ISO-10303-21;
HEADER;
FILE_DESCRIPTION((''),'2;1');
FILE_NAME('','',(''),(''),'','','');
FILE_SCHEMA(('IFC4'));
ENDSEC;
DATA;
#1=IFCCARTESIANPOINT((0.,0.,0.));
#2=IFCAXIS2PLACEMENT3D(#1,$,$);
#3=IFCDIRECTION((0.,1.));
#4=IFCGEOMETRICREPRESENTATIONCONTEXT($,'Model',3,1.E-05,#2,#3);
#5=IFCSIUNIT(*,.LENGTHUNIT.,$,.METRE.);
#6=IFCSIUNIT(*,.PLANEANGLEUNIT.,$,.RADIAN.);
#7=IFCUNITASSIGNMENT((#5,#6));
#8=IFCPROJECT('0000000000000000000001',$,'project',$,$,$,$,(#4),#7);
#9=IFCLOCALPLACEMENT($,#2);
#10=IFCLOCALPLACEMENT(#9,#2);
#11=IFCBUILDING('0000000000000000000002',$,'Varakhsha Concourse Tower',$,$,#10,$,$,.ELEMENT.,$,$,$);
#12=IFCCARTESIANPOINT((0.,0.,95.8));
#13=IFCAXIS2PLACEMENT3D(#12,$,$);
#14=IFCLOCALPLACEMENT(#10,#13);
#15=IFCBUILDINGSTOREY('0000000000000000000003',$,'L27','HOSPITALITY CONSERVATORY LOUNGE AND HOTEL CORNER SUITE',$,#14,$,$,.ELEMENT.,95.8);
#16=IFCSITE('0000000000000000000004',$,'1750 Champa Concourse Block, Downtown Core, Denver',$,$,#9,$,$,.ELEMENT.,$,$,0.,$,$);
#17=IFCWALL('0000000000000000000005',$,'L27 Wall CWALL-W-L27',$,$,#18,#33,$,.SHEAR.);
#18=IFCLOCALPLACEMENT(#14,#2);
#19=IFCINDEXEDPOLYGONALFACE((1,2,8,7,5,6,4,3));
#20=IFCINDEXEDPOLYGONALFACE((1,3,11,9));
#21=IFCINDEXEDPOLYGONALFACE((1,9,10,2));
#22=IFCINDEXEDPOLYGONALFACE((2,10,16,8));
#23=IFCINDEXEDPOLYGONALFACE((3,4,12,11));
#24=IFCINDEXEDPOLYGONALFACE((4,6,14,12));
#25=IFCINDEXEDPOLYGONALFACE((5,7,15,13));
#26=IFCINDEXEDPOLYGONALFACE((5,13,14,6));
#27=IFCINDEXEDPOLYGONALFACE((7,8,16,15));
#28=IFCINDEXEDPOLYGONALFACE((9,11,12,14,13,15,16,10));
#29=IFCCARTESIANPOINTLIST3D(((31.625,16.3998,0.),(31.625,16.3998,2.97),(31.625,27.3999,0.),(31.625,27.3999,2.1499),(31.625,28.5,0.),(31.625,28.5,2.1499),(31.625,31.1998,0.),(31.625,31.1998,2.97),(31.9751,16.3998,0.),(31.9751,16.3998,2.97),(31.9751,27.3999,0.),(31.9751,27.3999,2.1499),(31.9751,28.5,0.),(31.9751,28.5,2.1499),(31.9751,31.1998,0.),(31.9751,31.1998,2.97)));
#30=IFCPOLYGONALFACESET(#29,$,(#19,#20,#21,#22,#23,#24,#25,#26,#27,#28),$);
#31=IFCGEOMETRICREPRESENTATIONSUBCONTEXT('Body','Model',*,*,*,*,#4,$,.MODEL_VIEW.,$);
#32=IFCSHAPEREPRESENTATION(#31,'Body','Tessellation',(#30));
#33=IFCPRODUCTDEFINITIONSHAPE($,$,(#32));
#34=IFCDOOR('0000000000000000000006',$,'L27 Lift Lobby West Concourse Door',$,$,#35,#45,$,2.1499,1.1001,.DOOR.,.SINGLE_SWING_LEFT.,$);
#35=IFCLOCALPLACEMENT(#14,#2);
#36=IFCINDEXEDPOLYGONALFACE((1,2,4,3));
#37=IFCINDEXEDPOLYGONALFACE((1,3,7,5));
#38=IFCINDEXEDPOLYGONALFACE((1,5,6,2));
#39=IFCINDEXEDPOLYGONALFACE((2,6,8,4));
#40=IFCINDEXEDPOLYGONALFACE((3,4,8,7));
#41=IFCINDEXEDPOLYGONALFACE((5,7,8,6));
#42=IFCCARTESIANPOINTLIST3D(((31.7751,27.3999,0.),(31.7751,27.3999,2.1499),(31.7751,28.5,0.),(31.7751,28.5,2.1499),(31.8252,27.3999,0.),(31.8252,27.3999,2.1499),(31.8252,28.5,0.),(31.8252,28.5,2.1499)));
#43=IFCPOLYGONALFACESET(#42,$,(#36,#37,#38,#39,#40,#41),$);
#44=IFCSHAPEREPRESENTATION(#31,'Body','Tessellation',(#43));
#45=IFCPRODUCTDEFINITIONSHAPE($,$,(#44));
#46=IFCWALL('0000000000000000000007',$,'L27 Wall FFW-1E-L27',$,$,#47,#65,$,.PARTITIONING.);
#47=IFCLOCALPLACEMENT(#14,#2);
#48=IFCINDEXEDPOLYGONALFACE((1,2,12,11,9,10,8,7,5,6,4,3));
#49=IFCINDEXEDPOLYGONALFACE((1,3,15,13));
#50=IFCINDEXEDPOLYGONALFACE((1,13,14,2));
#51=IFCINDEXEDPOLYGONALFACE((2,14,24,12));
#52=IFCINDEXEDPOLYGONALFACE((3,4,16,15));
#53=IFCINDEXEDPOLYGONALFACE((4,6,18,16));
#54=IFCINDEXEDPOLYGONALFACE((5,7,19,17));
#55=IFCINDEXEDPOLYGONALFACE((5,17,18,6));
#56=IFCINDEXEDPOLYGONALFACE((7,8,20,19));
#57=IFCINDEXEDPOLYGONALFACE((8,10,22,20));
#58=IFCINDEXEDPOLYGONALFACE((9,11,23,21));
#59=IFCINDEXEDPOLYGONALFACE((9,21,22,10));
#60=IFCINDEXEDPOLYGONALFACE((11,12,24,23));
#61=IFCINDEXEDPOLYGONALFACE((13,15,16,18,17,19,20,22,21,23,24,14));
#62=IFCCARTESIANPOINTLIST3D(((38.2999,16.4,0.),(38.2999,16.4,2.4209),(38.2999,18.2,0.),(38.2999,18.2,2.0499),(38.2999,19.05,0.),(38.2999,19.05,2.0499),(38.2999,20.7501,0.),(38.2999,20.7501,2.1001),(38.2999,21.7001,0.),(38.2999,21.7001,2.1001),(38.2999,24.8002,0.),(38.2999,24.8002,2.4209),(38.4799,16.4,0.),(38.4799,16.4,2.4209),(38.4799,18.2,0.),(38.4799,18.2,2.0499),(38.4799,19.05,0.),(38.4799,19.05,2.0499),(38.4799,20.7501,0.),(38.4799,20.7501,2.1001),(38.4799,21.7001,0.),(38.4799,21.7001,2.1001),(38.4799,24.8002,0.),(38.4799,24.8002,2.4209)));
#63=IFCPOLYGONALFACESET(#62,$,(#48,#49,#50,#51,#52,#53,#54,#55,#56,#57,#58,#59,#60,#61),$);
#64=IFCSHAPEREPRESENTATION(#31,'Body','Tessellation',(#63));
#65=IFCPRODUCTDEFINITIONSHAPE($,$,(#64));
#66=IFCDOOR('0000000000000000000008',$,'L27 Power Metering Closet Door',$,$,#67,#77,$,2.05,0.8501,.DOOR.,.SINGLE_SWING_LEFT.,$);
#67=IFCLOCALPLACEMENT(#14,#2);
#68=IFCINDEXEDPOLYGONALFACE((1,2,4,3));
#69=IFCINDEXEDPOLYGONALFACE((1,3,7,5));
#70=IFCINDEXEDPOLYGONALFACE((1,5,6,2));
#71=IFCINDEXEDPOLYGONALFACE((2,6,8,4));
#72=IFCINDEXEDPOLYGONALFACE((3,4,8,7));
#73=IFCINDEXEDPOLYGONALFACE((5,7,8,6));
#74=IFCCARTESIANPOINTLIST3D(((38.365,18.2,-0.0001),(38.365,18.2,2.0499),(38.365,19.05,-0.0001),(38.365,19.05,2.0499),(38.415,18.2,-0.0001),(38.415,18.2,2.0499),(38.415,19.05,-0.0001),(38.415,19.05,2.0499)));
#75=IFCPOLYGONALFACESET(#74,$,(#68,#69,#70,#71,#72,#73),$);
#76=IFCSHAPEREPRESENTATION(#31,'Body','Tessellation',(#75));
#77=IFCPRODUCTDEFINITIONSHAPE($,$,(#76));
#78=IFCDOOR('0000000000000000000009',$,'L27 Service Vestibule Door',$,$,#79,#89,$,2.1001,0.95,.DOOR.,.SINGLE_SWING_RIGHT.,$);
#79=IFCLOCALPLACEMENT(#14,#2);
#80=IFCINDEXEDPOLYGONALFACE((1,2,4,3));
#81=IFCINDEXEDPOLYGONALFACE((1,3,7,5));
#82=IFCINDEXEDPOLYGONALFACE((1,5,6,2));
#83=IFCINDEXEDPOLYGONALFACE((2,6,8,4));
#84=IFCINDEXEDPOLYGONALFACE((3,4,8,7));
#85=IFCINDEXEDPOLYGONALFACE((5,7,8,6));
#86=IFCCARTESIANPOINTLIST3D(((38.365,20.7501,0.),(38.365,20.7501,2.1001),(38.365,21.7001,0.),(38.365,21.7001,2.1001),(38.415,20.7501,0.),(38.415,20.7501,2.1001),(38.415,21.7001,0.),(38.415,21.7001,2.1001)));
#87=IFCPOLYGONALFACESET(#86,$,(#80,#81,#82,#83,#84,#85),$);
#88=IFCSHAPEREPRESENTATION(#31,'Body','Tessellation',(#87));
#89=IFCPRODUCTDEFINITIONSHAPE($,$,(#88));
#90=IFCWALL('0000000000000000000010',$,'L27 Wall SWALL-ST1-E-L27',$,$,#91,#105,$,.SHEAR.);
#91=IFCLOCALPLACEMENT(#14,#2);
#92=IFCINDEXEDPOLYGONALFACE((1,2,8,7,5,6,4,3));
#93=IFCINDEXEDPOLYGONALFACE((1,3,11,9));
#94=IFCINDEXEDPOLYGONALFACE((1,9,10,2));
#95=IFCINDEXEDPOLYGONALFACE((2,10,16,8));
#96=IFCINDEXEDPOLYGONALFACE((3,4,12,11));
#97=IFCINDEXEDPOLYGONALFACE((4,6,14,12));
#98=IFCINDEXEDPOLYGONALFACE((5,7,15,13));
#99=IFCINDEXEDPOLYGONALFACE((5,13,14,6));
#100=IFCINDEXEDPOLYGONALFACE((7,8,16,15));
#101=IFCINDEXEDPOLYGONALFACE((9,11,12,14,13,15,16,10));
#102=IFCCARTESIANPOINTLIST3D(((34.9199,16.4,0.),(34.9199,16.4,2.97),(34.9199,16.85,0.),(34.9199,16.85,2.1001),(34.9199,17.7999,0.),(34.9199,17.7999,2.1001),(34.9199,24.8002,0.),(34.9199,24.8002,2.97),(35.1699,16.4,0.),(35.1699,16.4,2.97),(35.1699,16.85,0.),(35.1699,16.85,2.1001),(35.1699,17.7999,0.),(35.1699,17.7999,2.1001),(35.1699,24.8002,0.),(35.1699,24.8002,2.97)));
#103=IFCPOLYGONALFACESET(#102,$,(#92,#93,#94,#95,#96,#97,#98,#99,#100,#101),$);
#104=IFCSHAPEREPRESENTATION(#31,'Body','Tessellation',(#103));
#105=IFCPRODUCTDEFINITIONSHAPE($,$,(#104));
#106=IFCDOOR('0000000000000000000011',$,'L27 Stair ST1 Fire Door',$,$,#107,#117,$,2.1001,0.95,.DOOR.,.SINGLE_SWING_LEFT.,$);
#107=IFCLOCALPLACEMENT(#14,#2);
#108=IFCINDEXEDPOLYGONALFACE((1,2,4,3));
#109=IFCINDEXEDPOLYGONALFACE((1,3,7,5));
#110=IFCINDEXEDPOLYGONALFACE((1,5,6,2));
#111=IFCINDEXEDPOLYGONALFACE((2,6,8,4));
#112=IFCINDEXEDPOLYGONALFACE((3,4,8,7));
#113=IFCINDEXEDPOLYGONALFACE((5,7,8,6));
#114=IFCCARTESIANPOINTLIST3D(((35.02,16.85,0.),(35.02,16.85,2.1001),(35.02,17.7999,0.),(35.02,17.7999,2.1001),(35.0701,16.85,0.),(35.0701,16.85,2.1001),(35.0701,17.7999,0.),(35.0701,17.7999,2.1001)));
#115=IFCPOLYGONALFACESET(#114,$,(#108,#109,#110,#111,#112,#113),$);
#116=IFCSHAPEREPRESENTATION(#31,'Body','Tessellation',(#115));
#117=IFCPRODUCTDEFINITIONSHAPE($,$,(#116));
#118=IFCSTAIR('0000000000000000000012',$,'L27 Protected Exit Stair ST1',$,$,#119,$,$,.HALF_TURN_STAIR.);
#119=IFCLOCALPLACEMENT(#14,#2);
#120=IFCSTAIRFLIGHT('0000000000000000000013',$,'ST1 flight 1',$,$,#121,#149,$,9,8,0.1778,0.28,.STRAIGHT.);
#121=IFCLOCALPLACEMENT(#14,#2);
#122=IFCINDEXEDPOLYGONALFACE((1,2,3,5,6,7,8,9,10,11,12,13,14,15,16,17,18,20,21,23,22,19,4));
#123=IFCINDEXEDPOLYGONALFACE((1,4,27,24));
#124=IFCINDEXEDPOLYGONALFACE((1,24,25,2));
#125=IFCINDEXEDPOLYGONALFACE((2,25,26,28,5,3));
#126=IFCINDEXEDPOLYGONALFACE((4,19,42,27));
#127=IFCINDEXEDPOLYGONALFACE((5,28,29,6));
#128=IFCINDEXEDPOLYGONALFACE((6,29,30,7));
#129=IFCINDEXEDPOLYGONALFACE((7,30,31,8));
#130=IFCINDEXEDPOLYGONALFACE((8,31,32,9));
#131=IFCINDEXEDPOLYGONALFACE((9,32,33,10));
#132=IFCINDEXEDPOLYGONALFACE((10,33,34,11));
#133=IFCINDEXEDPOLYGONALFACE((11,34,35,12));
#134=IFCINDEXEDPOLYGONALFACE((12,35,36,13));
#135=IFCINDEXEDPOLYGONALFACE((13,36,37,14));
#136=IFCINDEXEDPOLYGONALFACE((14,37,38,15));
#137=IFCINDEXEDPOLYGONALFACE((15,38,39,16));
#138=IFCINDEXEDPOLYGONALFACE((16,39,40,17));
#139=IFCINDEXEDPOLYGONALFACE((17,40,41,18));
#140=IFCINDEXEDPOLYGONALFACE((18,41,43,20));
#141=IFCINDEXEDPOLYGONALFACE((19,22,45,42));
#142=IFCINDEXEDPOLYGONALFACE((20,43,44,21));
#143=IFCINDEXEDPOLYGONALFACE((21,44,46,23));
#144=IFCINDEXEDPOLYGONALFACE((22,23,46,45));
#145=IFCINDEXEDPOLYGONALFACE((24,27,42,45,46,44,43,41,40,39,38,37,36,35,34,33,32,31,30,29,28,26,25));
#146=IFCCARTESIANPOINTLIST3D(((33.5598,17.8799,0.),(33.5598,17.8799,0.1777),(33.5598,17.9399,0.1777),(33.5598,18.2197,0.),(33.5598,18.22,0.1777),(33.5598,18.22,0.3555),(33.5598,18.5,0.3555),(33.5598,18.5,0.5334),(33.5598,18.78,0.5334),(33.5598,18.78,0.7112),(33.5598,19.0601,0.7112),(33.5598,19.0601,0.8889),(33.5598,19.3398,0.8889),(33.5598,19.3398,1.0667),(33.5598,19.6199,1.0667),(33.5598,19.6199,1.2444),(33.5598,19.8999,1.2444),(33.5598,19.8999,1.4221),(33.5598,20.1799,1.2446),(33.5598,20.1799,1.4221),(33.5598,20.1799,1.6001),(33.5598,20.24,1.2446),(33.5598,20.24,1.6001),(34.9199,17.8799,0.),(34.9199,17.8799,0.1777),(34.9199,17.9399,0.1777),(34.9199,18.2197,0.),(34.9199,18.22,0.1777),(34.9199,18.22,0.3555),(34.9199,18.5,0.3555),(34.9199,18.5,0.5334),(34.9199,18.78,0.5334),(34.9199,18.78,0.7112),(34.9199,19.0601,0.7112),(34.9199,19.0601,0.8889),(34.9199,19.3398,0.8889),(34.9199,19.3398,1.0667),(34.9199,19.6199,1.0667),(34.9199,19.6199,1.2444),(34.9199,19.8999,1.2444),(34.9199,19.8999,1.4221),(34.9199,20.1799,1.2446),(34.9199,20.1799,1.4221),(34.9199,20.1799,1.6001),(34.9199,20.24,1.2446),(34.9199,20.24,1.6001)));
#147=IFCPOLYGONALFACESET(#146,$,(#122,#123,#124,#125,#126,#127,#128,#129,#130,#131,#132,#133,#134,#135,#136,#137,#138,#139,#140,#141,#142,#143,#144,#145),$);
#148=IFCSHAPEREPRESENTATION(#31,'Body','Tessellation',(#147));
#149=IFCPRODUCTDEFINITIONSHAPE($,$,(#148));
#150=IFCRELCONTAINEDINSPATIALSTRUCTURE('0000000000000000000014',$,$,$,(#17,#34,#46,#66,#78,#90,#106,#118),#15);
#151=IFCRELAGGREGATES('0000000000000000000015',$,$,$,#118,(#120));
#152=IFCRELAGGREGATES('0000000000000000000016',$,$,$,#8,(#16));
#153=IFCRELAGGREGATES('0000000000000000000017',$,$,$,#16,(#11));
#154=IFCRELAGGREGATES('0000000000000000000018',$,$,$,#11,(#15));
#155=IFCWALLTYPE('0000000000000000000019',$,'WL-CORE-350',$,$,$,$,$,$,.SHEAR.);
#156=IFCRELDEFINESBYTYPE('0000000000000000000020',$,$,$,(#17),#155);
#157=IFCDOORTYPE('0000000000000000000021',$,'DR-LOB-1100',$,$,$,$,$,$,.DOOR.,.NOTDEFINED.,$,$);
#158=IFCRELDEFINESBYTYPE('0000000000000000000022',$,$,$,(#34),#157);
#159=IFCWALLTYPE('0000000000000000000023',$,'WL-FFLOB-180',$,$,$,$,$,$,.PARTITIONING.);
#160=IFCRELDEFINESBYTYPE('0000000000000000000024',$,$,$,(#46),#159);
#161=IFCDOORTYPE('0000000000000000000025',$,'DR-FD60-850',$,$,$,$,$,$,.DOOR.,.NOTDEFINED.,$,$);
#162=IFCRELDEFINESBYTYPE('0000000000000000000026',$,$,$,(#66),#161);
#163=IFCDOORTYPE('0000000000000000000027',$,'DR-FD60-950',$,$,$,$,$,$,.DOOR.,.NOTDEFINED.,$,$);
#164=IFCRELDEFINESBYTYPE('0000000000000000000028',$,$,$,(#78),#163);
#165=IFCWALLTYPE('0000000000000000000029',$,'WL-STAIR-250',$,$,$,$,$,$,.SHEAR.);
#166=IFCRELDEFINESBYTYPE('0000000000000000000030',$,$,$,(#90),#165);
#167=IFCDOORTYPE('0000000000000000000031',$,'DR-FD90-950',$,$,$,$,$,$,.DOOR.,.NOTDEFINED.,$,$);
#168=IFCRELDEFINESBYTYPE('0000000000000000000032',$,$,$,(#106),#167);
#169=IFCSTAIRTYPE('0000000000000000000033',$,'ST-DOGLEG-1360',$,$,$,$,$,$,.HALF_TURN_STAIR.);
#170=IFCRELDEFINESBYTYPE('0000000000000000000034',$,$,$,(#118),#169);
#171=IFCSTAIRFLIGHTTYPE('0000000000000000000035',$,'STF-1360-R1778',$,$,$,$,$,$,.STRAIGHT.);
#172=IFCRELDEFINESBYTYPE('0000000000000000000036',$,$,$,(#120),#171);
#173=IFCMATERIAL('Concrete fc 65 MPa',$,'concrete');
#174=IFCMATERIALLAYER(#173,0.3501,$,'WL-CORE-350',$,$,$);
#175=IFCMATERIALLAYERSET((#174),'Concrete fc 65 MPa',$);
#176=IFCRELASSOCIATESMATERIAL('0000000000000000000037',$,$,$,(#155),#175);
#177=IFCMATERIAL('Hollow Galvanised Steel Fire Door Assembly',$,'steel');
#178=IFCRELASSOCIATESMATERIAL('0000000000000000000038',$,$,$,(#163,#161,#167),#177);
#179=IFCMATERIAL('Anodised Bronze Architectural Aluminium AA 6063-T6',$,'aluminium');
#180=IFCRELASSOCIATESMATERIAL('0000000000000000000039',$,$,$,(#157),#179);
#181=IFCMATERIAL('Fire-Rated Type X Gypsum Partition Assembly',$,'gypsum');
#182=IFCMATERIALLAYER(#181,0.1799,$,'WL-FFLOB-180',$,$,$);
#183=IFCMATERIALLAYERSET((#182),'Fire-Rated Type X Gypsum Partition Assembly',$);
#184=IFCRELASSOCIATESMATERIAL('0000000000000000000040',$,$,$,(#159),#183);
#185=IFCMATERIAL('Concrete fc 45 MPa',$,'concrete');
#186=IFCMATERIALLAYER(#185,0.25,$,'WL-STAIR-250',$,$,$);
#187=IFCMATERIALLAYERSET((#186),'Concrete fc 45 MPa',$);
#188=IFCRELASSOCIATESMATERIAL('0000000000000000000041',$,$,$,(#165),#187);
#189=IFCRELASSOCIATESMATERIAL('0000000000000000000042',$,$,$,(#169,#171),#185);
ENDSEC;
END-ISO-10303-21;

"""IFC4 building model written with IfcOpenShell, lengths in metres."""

from ifc_helpers import new_model, si_unit, direction, frame, frame_2d, origin, place, context, subcontext, project, spatial, polyline, rectangle, outline, extrude, material, layer, layer_set, type_object, element, fill, aggregate, save


model = new_model("IFC4")

# Units and contexts
model_context = context("Model", 3, precision=1e-05, world=origin(), true_north=direction((0.0, 1.0)))
body_context = subcontext(model_context, "Body", "Model", "MODEL_VIEW")
ifc_project = project(units=[si_unit("LENGTHUNIT", "METRE"), si_unit("PLANEANGLEUNIT", "RADIAN")], contexts=[model_context])

# Site, building, storey
site_placement = place(None, origin())
site = spatial("IfcSite", under=ifc_project, at=site_placement, Name="1750 Champa Concourse Block, Downtown Core, Denver", CompositionType="ELEMENT", RefElevation=0.0)
building_placement = place(site_placement, origin())
building = spatial("IfcBuilding", under=site, at=building_placement, Name="Varakhsha Concourse Tower", CompositionType="ELEMENT")
storey_placement = place(building_placement, frame((0.0, 0.0, 95.8)))
storey = spatial("IfcBuildingStorey", under=building, at=storey_placement, Name="L27", Description="HOSPITALITY CONSERVATORY LOUNGE AND HOTEL CORNER SUITE", CompositionType="ELEMENT", Elevation=95.8)

# Shared definitions
ifc_material_1 = material(Name="Concrete fc 65 MPa", Category="concrete")
ifc_layer_1 = layer(ifc_material_1, 0.3501, Name="WL-CORE-350")
ifc_layer_set_1 = layer_set([ifc_layer_1], Name="Concrete fc 65 MPa")
wall_type_1 = type_object("IfcWallType", Name="WL-CORE-350", PredefinedType="SHEAR", material=ifc_layer_set_1)
ifc_material_2 = material(Name="Hollow Galvanised Steel Fire Door Assembly", Category="steel")
door_type_1 = type_object("IfcDoorType", Name="DR-FD60-950", OperationType="NOTDEFINED", PredefinedType="DOOR", material=ifc_material_2)

# Wall, opening, door
wall_1_placement = place(storey_placement, frame((31.8, 16.3999, 0.0), z_axis=(0.0, 0.0, 1.0), x_axis=(0.0, 1.0, 0.0)))
wall_1 = element("IfcWall", 1, at=wall_1_placement, inside=storey, type_object=wall_type_1, Name="L27 Wall CWALL-W-L27", PredefinedType="SHEAR", context=body_context, shape_type="SweptSolid", body=[
    extrude(rectangle(XDim=14.8, YDim=0.3501, at=frame_2d((7.3999, 0.0))), origin(), (0.0, 0.0, 1.0), 2.97),
])
opening_1_placement = place(wall_1_placement, frame((11.0, 0.0, 0.0)))
opening_1 = element("IfcOpeningElement", 2, at=opening_1_placement, cuts=wall_1, PredefinedType="OPENING", context=body_context, shape_type="SweptSolid", body=[
    extrude(rectangle(XDim=1.1001, YDim=2.1499, at=frame_2d((0.55, 1.075))), frame((0.0, 0.1851, 0.0), z_axis=(0.0, -1.0, 0.0), x_axis=(1.0, 0.0, 0.0)), (0.0, 0.0, 1.0), 0.3701),
])
ifc_material_3 = material(Name="Anodised Bronze Architectural Aluminium AA 6063-T6", Category="aluminium")
door_type_2 = type_object("IfcDoorType", Name="DR-LOB-1100", OperationType="NOTDEFINED", PredefinedType="DOOR", material=ifc_material_3)
door_1_placement = place(opening_1_placement, origin())
door_1 = element("IfcDoor", 3, at=door_1_placement, inside=storey, type_object=door_type_2, Name="L27 Lift Lobby West Concourse Door", OperationType="SINGLE_SWING_LEFT", OverallHeight=2.1499, OverallWidth=1.1001, PredefinedType="DOOR", context=body_context, shape_type="SweptSolid", body=[
    extrude(rectangle(XDim=1.1001, YDim=2.1499, at=frame_2d((0.55, 1.075))), frame((0.0, 0.0249, 0.0), z_axis=(0.0, -1.0, 0.0), x_axis=(1.0, 0.0, 0.0)), (0.0, 0.0, 1.0), 0.05),
])
fill(opening_1, door_1)

# Wall, openings, doors
ifc_material_4 = material(Name="Fire-Rated Type X Gypsum Partition Assembly", Category="gypsum")
ifc_layer_2 = layer(ifc_material_4, 0.1799, Name="WL-FFLOB-180")
ifc_layer_set_2 = layer_set([ifc_layer_2], Name="Fire-Rated Type X Gypsum Partition Assembly")
wall_type_2 = type_object("IfcWallType", Name="WL-FFLOB-180", PredefinedType="PARTITIONING", material=ifc_layer_set_2)
wall_2_placement = place(storey_placement, frame((38.3899, 16.3999, 0.0), z_axis=(0.0, 0.0, 1.0), x_axis=(0.0, 1.0, 0.0)))
wall_2 = element("IfcWall", 4, at=wall_2_placement, inside=storey, type_object=wall_type_2, Name="L27 Wall FFW-1E-L27", PredefinedType="PARTITIONING", context=body_context, shape_type="SweptSolid", body=[
    extrude(rectangle(XDim=8.4001, YDim=0.1799, at=frame_2d((4.2002, 0.0))), origin(), (0.0, 0.0, 1.0), 2.4209),
])
opening_2_placement = place(wall_2_placement, frame((1.8, 0.0, 0.0)))
opening_2 = element("IfcOpeningElement", 5, at=opening_2_placement, cuts=wall_2, PredefinedType="OPENING", context=body_context, shape_type="SweptSolid", body=[
    extrude(rectangle(XDim=0.8501, YDim=2.05, at=frame_2d((0.425, 1.0249))), frame((0.0, 0.0999, 0.0), z_axis=(0.0, -1.0, 0.0), x_axis=(1.0, 0.0, 0.0)), (0.0, 0.0, 1.0), 0.2),
])
opening_3_placement = place(wall_2_placement, frame((4.3501, 0.0, 0.0)))
opening_3 = element("IfcOpeningElement", 6, at=opening_3_placement, cuts=wall_2, PredefinedType="OPENING", context=body_context, shape_type="SweptSolid", body=[
    extrude(rectangle(XDim=0.95, YDim=2.1001, at=frame_2d((0.4751, 1.05))), frame((0.0, 0.0999, 0.0), z_axis=(0.0, -1.0, 0.0), x_axis=(1.0, 0.0, 0.0)), (0.0, 0.0, 1.0), 0.2),
])
door_type_3 = type_object("IfcDoorType", Name="DR-FD60-850", OperationType="NOTDEFINED", PredefinedType="DOOR", material=ifc_material_2)
door_2_placement = place(opening_2_placement, origin())
door_2 = element("IfcDoor", 7, at=door_2_placement, inside=storey, type_object=door_type_3, Name="L27 Power Metering Closet Door", OperationType="SINGLE_SWING_LEFT", OverallHeight=2.05, OverallWidth=0.8501, PredefinedType="DOOR", context=body_context, shape_type="SweptSolid", body=[
    extrude(rectangle(XDim=0.8501, YDim=2.05, at=frame_2d((0.425, 1.0249))), frame((0.0, 0.0249, 0.0), z_axis=(0.0, -1.0, 0.0), x_axis=(1.0, 0.0, 0.0)), (0.0, 0.0, 1.0), 0.05),
])
fill(opening_2, door_2)
door_3_placement = place(opening_3_placement, origin())
door_3 = element("IfcDoor", 8, at=door_3_placement, inside=storey, type_object=door_type_1, Name="L27 Service Vestibule Door", OperationType="SINGLE_SWING_RIGHT", OverallHeight=2.1001, OverallWidth=0.95, PredefinedType="DOOR", context=body_context, shape_type="SweptSolid", body=[
    extrude(rectangle(XDim=0.95, YDim=2.1001, at=frame_2d((0.4751, 1.05))), frame((0.0, 0.0249, 0.0), z_axis=(0.0, -1.0, 0.0), x_axis=(1.0, 0.0, 0.0)), (0.0, 0.0, 1.0), 0.05),
])
fill(opening_3, door_3)

# Wall, opening, door
ifc_material_5 = material(Name="Concrete fc 45 MPa", Category="concrete")
ifc_layer_3 = layer(ifc_material_5, 0.25, Name="WL-STAIR-250")
ifc_layer_set_3 = layer_set([ifc_layer_3], Name="Concrete fc 45 MPa")
wall_type_3 = type_object("IfcWallType", Name="WL-STAIR-250", PredefinedType="SHEAR", material=ifc_layer_set_3)
wall_3_placement = place(storey_placement, frame((35.0449, 16.3999, 0.0), z_axis=(0.0, 0.0, 1.0), x_axis=(0.0, 1.0, 0.0)))
wall_3 = element("IfcWall", 9, at=wall_3_placement, inside=storey, type_object=wall_type_3, Name="L27 Wall SWALL-ST1-E-L27", PredefinedType="SHEAR", context=body_context, shape_type="SweptSolid", body=[
    extrude(rectangle(XDim=8.4001, YDim=0.25, at=frame_2d((4.2002, 0.0))), origin(), (0.0, 0.0, 1.0), 2.97),
])
opening_4_placement = place(wall_3_placement, frame((0.45, 0.0, 0.0)))
opening_4 = element("IfcOpeningElement", 10, at=opening_4_placement, cuts=wall_3, PredefinedType="OPENING", context=body_context, shape_type="SweptSolid", body=[
    extrude(rectangle(XDim=0.95, YDim=2.1001, at=frame_2d((0.4751, 1.05))), frame((0.0, 0.135, 0.0), z_axis=(0.0, -1.0, 0.0), x_axis=(1.0, 0.0, 0.0)), (0.0, 0.0, 1.0), 0.27),
])
door_type_4 = type_object("IfcDoorType", Name="DR-FD90-950", OperationType="NOTDEFINED", PredefinedType="DOOR", material=ifc_material_2)
door_4_placement = place(opening_4_placement, origin())
door_4 = element("IfcDoor", 11, at=door_4_placement, inside=storey, type_object=door_type_4, Name="L27 Stair ST1 Fire Door", OperationType="SINGLE_SWING_LEFT", OverallHeight=2.1001, OverallWidth=0.95, PredefinedType="DOOR", context=body_context, shape_type="SweptSolid", body=[
    extrude(rectangle(XDim=0.95, YDim=2.1001, at=frame_2d((0.4751, 1.05))), frame((0.0, 0.0249, 0.0), z_axis=(0.0, -1.0, 0.0), x_axis=(1.0, 0.0, 0.0)), (0.0, 0.0, 1.0), 0.05),
])
fill(opening_4, door_4)

# Stair, stair flight
stair_type = type_object("IfcStairType", Name="ST-DOGLEG-1360", PredefinedType="HALF_TURN_STAIR", material=ifc_material_5)
stair_placement = place(storey_placement, origin())
stair = element("IfcStair", 12, at=stair_placement, inside=storey, type_object=stair_type, Name="L27 Protected Exit Stair ST1", PredefinedType="HALF_TURN_STAIR")
stair_flight_type = type_object("IfcStairFlightType", Name="STF-1360-R1778", PredefinedType="STRAIGHT", material=ifc_material_5)
stair_flight_1_placement = place(storey_placement, frame((34.24, 17.9399, 0.0), z_axis=(0.0, 0.0, 1.0), x_axis=(0.0, 1.0, 0.0)))
stair_flight_1 = element("IfcStairFlight", 13, at=stair_flight_1_placement, type_object=stair_flight_type, Name="ST1 flight 1", NumberOfRisers=9, NumberOfTreads=8, PredefinedType="STRAIGHT", RiserHeight=0.1778, TreadLength=0.28, context=body_context, shape_type="SweptSolid", body=[
    extrude(outline(polyline([(-0.0601, 0.0), (-0.0601, 0.1777), (0.0, 0.1777), (0.28, 0.1777), (0.28, 0.3555), (0.5601, 0.3555), (0.5601, 0.5334), (0.8401, 0.5334), (0.8401, 0.7112), (1.1201, 0.7112), (1.1201, 0.8889), (1.3999, 0.8889), (1.3999, 1.0667), (1.6799, 1.0667), (1.6799, 1.2444), (1.96, 1.2444), (1.96, 1.4221), (2.24, 1.4221), (2.24, 1.6001), (2.3, 1.6001), (2.3, 1.2446), (2.24, 1.2446), (0.2798, 0.0), (-0.0601, 0.0)])), frame((0.0, 0.6802, 0.0), z_axis=(0.0, -1.0, 0.0), x_axis=(1.0, 0.0, 0.0)), (0.0, 0.0, 1.0), 1.3601),
])
aggregate(stair, [stair_flight_1])

save(model, "model.ifc")
